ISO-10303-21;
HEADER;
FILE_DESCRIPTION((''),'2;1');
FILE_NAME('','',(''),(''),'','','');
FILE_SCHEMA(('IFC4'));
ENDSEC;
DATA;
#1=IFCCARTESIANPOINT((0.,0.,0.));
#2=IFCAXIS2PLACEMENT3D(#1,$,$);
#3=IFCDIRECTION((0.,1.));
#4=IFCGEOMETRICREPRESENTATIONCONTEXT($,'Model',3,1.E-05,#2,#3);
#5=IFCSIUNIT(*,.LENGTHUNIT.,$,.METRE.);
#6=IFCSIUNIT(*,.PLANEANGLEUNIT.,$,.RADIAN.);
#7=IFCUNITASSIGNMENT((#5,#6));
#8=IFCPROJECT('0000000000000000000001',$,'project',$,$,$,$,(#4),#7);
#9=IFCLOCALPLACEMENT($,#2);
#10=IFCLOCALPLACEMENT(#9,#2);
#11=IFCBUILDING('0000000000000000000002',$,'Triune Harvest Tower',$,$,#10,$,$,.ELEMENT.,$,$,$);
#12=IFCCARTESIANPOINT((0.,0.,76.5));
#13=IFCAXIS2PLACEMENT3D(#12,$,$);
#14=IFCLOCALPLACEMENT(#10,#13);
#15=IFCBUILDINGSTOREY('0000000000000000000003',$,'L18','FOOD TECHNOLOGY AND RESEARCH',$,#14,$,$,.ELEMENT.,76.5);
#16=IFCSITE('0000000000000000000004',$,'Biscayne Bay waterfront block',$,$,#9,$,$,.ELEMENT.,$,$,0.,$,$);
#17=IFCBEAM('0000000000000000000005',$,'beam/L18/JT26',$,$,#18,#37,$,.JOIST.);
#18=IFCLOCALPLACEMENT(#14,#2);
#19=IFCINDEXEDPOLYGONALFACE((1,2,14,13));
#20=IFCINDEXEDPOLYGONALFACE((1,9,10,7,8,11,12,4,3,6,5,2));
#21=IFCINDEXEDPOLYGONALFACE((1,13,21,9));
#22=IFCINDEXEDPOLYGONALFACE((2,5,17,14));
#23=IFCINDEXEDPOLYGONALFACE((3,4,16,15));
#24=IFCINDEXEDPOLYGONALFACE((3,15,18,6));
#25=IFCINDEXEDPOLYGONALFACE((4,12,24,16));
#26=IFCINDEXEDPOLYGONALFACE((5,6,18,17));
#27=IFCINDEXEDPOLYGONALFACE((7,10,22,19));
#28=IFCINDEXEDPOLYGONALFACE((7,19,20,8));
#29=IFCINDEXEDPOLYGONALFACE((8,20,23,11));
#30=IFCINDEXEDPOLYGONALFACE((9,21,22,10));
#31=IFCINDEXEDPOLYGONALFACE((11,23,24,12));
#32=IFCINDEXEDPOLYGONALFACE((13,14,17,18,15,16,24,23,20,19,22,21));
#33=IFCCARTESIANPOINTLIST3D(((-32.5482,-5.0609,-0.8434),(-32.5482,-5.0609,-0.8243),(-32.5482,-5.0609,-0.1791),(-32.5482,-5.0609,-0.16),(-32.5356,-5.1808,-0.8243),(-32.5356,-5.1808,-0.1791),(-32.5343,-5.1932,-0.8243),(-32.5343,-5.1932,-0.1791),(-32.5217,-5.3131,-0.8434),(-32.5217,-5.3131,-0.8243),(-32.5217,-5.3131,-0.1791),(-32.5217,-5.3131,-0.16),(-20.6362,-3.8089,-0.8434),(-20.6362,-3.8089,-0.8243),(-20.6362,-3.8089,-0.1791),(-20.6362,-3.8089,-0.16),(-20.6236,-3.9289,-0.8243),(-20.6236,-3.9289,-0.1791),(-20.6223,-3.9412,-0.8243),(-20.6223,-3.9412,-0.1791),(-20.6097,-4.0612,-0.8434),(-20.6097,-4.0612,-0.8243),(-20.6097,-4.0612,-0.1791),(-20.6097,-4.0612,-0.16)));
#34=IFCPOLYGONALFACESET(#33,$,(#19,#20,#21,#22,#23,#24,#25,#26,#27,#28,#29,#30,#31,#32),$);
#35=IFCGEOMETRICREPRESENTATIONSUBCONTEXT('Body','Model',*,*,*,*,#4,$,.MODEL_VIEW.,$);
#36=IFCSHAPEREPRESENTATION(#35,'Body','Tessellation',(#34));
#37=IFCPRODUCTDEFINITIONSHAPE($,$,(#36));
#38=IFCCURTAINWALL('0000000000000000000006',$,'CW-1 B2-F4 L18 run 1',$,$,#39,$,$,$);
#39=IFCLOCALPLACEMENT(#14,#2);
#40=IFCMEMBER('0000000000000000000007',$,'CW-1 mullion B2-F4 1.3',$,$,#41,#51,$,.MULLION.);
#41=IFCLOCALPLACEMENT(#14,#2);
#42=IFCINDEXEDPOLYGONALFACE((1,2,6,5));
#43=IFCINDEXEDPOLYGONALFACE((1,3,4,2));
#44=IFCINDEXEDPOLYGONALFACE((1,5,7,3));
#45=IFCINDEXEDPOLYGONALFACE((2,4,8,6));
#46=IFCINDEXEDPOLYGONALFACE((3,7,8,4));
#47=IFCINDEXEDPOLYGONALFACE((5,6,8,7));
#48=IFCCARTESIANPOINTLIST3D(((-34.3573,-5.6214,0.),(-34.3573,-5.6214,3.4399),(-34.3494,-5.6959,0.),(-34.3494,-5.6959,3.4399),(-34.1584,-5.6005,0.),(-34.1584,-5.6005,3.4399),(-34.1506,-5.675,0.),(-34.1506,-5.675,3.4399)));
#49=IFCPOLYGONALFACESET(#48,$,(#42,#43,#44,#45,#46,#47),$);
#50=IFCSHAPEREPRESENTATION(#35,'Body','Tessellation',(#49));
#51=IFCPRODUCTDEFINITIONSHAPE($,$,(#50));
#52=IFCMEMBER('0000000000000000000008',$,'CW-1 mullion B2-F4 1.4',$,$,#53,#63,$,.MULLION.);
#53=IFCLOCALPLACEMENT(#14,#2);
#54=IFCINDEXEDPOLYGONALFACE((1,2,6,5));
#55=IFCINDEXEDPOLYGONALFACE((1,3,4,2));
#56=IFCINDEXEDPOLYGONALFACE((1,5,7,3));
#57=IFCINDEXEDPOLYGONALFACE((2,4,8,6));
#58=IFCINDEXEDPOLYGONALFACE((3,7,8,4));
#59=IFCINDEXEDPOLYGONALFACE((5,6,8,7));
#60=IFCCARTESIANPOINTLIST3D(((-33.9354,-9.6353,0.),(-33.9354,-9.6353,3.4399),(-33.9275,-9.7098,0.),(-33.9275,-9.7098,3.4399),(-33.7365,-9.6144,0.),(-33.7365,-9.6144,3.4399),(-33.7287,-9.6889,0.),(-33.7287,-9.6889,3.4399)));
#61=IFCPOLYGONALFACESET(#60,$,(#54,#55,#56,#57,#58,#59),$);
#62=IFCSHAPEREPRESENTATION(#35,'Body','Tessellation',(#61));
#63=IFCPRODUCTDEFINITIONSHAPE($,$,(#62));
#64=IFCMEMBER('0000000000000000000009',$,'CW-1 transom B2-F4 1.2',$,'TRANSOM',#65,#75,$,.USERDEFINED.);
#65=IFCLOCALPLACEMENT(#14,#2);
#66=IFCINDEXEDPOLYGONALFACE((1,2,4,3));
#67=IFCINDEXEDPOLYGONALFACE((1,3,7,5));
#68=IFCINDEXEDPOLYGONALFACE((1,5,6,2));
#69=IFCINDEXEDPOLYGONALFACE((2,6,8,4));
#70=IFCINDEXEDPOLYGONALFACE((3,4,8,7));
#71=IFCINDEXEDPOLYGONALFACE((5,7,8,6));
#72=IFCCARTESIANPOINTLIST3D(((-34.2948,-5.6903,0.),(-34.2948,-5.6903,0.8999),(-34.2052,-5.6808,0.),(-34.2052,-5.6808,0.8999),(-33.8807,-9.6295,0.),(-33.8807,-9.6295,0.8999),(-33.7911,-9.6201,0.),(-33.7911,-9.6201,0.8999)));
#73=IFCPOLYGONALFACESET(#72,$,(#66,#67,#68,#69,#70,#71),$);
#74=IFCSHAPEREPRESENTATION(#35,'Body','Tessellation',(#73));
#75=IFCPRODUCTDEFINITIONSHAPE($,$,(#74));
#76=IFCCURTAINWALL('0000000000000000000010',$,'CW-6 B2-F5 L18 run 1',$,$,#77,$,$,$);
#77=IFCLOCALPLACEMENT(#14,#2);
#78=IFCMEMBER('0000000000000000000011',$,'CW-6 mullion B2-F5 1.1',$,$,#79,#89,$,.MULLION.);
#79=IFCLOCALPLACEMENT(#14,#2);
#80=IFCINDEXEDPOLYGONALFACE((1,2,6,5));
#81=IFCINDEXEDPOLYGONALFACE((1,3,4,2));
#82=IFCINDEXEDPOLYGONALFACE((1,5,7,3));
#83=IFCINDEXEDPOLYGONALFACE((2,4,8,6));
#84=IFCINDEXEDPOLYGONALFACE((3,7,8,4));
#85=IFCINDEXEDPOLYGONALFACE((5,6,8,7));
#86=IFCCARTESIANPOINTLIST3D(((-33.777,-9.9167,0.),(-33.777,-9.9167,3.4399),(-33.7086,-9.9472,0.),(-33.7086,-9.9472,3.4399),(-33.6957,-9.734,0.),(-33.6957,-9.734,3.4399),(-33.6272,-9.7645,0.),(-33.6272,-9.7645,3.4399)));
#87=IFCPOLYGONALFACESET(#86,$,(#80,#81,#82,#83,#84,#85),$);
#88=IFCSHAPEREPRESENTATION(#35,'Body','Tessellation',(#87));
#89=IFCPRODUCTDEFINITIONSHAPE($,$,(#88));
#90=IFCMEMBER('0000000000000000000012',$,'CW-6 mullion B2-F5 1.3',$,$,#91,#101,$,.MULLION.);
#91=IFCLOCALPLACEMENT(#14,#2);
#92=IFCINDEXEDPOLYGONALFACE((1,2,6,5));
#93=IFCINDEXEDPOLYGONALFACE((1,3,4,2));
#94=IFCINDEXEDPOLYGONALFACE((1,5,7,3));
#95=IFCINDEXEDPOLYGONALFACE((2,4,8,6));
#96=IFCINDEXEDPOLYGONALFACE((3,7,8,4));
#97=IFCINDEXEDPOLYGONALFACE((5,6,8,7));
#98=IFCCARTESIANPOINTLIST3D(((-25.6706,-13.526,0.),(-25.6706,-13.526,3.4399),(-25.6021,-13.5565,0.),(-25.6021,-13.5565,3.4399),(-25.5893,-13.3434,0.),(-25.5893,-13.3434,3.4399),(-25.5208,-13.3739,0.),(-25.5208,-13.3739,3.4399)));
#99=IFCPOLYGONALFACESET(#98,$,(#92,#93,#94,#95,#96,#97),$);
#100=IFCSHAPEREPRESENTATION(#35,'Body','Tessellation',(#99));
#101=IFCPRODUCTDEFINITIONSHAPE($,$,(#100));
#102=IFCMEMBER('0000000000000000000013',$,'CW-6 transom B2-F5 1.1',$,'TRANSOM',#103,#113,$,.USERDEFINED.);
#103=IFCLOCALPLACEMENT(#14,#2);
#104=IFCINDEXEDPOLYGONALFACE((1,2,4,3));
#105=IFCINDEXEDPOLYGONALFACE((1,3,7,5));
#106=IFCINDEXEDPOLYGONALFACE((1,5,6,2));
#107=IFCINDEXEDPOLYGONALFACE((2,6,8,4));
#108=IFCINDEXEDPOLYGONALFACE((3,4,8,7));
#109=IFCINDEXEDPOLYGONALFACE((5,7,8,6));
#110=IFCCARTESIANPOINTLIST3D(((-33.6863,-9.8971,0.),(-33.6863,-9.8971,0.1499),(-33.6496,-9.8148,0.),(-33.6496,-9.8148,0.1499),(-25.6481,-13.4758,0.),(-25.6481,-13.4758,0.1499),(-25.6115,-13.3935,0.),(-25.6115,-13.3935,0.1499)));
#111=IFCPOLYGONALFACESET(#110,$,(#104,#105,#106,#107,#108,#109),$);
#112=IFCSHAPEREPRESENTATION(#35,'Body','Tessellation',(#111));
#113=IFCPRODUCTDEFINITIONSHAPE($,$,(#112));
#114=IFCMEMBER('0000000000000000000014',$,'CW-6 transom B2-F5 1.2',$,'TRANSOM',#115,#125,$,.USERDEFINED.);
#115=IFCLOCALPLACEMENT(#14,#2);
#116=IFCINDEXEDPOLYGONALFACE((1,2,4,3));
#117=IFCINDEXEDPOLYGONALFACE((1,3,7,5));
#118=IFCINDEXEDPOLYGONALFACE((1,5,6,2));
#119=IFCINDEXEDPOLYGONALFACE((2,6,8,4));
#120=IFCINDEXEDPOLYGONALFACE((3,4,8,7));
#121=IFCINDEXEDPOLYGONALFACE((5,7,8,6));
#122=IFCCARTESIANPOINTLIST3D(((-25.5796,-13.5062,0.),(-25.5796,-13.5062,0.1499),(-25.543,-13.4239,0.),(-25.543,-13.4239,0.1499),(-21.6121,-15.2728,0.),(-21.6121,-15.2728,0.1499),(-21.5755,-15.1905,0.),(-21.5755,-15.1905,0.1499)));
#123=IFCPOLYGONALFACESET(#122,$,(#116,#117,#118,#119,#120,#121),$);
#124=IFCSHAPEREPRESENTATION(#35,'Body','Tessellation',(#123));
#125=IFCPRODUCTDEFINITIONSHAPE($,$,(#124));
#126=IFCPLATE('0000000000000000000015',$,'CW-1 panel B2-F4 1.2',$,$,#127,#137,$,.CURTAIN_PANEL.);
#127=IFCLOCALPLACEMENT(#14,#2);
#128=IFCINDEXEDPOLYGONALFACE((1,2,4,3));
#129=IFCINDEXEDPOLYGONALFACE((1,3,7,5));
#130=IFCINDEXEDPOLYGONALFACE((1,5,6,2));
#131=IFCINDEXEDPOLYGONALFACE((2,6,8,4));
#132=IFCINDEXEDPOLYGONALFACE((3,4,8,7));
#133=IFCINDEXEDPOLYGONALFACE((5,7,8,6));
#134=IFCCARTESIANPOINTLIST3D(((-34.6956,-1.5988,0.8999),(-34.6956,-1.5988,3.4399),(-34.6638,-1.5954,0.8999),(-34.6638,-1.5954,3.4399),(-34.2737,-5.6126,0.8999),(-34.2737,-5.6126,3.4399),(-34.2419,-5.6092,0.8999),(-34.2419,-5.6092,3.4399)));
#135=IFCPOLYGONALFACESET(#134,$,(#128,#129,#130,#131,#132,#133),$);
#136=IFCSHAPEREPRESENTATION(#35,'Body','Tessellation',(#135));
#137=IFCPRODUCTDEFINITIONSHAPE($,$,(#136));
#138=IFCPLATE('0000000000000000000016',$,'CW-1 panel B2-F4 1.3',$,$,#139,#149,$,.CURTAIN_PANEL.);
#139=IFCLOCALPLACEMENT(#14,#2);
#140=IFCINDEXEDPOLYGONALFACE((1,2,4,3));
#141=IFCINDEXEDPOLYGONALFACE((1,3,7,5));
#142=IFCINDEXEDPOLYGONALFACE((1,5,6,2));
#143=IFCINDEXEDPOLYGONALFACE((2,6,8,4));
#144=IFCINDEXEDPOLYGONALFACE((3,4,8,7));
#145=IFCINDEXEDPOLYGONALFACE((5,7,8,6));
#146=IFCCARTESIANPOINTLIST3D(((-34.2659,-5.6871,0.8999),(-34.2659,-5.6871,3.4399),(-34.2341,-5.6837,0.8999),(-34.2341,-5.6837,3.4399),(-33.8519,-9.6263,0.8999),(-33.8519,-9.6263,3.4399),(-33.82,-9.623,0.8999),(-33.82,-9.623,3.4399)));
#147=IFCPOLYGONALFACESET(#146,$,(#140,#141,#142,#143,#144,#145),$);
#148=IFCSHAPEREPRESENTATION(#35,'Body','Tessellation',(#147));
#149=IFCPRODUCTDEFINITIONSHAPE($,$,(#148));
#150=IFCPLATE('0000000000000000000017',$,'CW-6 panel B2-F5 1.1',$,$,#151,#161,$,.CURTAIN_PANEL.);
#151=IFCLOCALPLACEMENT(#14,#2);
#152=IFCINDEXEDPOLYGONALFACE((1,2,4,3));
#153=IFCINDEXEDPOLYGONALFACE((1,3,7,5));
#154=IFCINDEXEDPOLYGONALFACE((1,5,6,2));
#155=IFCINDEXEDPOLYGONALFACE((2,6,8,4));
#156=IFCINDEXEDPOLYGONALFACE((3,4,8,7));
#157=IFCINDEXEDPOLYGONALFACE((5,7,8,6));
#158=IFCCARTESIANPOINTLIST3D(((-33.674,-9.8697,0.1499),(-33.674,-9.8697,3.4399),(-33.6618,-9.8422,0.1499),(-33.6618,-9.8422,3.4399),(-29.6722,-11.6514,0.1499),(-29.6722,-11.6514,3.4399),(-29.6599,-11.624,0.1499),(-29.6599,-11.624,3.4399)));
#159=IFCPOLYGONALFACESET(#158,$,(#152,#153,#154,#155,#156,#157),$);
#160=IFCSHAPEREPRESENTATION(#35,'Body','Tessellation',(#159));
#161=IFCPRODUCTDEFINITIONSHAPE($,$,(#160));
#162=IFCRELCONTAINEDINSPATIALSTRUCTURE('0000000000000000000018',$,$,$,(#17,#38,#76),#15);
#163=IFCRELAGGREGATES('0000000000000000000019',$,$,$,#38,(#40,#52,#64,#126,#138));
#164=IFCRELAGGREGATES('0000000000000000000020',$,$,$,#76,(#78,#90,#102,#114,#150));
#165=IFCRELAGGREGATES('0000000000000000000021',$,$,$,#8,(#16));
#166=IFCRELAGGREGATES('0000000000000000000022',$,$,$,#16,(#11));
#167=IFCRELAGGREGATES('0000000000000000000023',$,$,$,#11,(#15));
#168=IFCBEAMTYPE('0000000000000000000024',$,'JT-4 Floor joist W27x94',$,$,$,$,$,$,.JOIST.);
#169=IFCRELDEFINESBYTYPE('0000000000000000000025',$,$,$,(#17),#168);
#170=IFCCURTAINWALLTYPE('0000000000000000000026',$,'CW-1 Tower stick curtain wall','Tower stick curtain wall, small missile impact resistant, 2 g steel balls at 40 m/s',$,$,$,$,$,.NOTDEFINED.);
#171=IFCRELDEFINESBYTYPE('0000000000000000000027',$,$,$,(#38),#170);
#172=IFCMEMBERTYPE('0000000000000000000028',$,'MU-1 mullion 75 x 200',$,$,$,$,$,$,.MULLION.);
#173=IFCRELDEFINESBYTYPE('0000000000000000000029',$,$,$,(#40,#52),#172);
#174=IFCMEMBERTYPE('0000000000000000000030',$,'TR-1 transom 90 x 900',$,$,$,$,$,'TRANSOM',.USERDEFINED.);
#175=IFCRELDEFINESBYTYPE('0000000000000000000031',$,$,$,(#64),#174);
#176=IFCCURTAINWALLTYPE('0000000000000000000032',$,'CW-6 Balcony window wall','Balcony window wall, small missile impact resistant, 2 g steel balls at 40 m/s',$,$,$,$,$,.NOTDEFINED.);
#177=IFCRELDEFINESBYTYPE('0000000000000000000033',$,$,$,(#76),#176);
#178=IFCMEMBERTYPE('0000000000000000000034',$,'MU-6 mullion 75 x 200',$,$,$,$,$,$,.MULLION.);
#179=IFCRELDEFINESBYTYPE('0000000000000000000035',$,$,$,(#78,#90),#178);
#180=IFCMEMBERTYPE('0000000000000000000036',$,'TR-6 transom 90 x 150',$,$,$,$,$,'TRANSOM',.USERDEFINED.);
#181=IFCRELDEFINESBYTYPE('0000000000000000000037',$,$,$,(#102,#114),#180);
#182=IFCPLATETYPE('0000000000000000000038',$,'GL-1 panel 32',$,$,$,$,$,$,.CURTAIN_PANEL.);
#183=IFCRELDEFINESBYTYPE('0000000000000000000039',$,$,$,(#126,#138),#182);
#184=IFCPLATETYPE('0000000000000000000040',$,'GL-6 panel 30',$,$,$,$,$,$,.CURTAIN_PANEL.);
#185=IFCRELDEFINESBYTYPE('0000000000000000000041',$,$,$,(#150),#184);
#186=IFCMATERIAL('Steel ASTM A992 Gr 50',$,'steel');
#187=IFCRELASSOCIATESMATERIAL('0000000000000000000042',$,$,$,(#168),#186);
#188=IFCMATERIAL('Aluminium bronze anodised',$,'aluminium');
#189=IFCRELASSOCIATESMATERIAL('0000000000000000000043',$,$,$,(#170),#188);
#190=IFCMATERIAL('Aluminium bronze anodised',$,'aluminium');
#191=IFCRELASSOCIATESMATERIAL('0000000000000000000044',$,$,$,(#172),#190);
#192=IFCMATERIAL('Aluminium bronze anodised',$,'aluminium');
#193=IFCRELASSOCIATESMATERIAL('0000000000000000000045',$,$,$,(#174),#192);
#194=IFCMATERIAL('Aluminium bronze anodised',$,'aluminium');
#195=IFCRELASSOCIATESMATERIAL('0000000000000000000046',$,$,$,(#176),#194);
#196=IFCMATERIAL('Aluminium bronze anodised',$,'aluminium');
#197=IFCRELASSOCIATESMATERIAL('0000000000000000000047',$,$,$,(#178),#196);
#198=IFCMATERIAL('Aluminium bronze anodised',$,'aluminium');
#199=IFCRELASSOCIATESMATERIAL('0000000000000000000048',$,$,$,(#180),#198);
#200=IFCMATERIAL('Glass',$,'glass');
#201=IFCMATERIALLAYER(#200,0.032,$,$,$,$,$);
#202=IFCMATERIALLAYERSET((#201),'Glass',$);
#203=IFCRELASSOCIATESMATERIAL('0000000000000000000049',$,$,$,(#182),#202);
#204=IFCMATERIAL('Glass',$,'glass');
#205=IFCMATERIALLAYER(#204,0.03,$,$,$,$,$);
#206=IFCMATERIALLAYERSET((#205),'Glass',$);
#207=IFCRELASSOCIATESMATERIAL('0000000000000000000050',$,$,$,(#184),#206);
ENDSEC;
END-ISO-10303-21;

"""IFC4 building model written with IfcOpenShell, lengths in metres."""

from ifc_helpers import new_model, si_unit, direction, frame, origin, origin_2d, place, context, subcontext, project, spatial, rectangle, i_section, extrude, source, transform, mapped, material, layer, layer_set, material_profile, profile_set, type_object, element, aggregate, save


model = new_model("IFC4")

# Units and contexts
model_context = context("Model", 3, precision=1e-05, world=origin(), true_north=direction((0.0, 1.0)))
body_context = subcontext(model_context, "Body", "Model", "MODEL_VIEW")
ifc_project = project(units=[si_unit("LENGTHUNIT", "METRE"), si_unit("PLANEANGLEUNIT", "RADIAN")], contexts=[model_context])

# Site, building, storey
site_placement = place(None, origin())
site = spatial("IfcSite", under=ifc_project, at=site_placement, Name="Biscayne Bay waterfront block", CompositionType="ELEMENT", RefElevation=0.0)
building_placement = place(site_placement, origin())
building = spatial("IfcBuilding", under=site, at=building_placement, Name="Triune Harvest Tower", CompositionType="ELEMENT")
storey_placement = place(building_placement, frame((0.0, 0.0, 76.5)))
storey = spatial("IfcBuildingStorey", under=building, at=storey_placement, Name="L18", Description="FOOD TECHNOLOGY AND RESEARCH", CompositionType="ELEMENT", Elevation=76.5)

# Beam
ifc_material_1 = material(Name="Steel ASTM A992 Gr 50", Category="steel")
ifc_material_profile_1 = material_profile(ifc_material_1, i_section(OverallWidth=0.2537, OverallDepth=0.6833, WebThickness=0.0125, FlangeThickness=0.019, at=origin_2d()), Name="W27x94")
ifc_profile_set_1 = profile_set([ifc_material_profile_1], Name="Steel ASTM A992 Gr 50")
beam_type_1 = type_object("IfcBeamType", Name="JT-4 Floor joist W27x94", PredefinedType="JOIST", material=ifc_profile_set_1)
shared_shape_1 = source(origin(), body_context, "Body", "SweptSolid", [
    extrude(i_section(OverallWidth=0.2537, OverallDepth=0.6833, WebThickness=0.0125, FlangeThickness=0.019, at=origin_2d()), origin(), (0.0, 0.0, 1.0), 11.9775),
])
beam_1_placement = place(storey_placement, frame((-32.5349, -5.187, -0.5017), z_axis=(0.994522, 0.104526, 0.0), x_axis=(-0.104526, 0.994522, 0.0)))
element("IfcBeam", 1, at=beam_1_placement, inside=storey, type_object=beam_type_1, Name="beam/L18/JT26", PredefinedType="JOIST", context=body_context, shape_type="MappedRepresentation", body=[
    mapped(shared_shape_1, transform((0.0, 0.0, 0.0), scale=1.0)),
])

# Curtain walls, members
ifc_material_2 = material(Name="Aluminium bronze anodised", Category="aluminium")
curtain_wall_type_1 = type_object("IfcCurtainWallType", Name="CW-1 Tower stick curtain wall", Description="Tower stick curtain wall, small missile impact resistant, 2 g steel balls at 40 m/s", PredefinedType="NOTDEFINED", material=ifc_material_2)
curtain_wall_1_placement = place(storey_placement, origin())
curtain_wall_1 = element("IfcCurtainWall", 2, at=curtain_wall_1_placement, inside=storey, type_object=curtain_wall_type_1, Name="CW-1 B2-F4 L18 run 1")
ifc_material_3 = material(Name="Aluminium bronze anodised", Category="aluminium")
ifc_material_profile_2 = material_profile(ifc_material_3, rectangle(XDim=0.2, YDim=0.075, at=origin_2d()), Name="MU-1 mullion 75 x 200")
ifc_profile_set_2 = profile_set([ifc_material_profile_2], Name="Aluminium bronze anodised")
member_type_1 = type_object("IfcMemberType", Name="MU-1 mullion 75 x 200", PredefinedType="MULLION", material=ifc_profile_set_2)
shared_shape_2 = source(origin(), body_context, "Body", "SweptSolid", [
    extrude(rectangle(XDim=0.2, YDim=0.075, at=origin_2d()), origin(), (0.0, 0.0, 1.0), 3.4399),
])
member_1_placement = place(storey_placement, frame((-34.2539, -5.6482, 0.0), z_axis=(0.0, 0.0, 1.0), x_axis=(0.994522, 0.104529, 0.0)))
member_1 = element("IfcMember", 3, at=member_1_placement, type_object=member_type_1, Name="CW-1 mullion B2-F4 1.3", PredefinedType="MULLION", context=body_context, shape_type="MappedRepresentation", body=[
    mapped(shared_shape_2, transform((0.0, 0.0, 0.0), scale=1.0)),
])
member_2_placement = place(storey_placement, frame((-33.832, -9.6621, 0.0), z_axis=(0.0, 0.0, 1.0), x_axis=(0.994522, 0.104529, 0.0)))
member_2 = element("IfcMember", 4, at=member_2_placement, type_object=member_type_1, Name="CW-1 mullion B2-F4 1.4", PredefinedType="MULLION", context=body_context, shape_type="MappedRepresentation", body=[
    mapped(shared_shape_2, transform((0.0, 0.0, 0.0), scale=1.0)),
])
ifc_material_4 = material(Name="Aluminium bronze anodised", Category="aluminium")
ifc_material_profile_3 = material_profile(ifc_material_4, rectangle(XDim=0.0901, YDim=0.8999, at=origin_2d()), Name="TR-1 transom 90 x 900")
ifc_profile_set_3 = profile_set([ifc_material_profile_3], Name="Aluminium bronze anodised")
member_type_2 = type_object("IfcMemberType", Name="TR-1 transom 90 x 900", ElementType="TRANSOM", PredefinedType="USERDEFINED", material=ifc_profile_set_3)
shared_shape_3 = source(origin(), body_context, "Body", "SweptSolid", [
    extrude(rectangle(XDim=0.0901, YDim=0.8999, at=origin_2d()), origin(), (0.0, 0.0, 1.0), 3.9609),
])
member_3_placement = place(storey_placement, frame((-34.25, -5.6855, 0.45), z_axis=(0.104537, -0.994521, 0.0), x_axis=(0.994521, 0.104537, 0.0)))
member_3 = element("IfcMember", 5, at=member_3_placement, type_object=member_type_2, Name="CW-1 transom B2-F4 1.2", ObjectType="TRANSOM", PredefinedType="USERDEFINED", context=body_context, shape_type="MappedRepresentation", body=[
    mapped(shared_shape_3, transform((0.0, 0.0, 0.0), scale=1.0)),
])
ifc_material_5 = material(Name="Aluminium bronze anodised", Category="aluminium")
curtain_wall_type_2 = type_object("IfcCurtainWallType", Name="CW-6 Balcony window wall", Description="Balcony window wall, small missile impact resistant, 2 g steel balls at 40 m/s", PredefinedType="NOTDEFINED", material=ifc_material_5)
curtain_wall_2_placement = place(storey_placement, origin())
curtain_wall_2 = element("IfcCurtainWall", 6, at=curtain_wall_2_placement, inside=storey, type_object=curtain_wall_type_2, Name="CW-6 B2-F5 L18 run 1")
ifc_material_6 = material(Name="Aluminium bronze anodised", Category="aluminium")
ifc_material_profile_4 = material_profile(ifc_material_6, rectangle(XDim=0.2, YDim=0.075, at=origin_2d()), Name="MU-6 mullion 75 x 200")
ifc_profile_set_4 = profile_set([ifc_material_profile_4], Name="Aluminium bronze anodised")
member_type_3 = type_object("IfcMemberType", Name="MU-6 mullion 75 x 200", PredefinedType="MULLION", material=ifc_profile_set_4)
shared_shape_4 = source(origin(), body_context, "Body", "SweptSolid", [
    extrude(rectangle(XDim=0.2, YDim=0.075, at=origin_2d()), origin(), (0.0, 0.0, 1.0), 3.4399),
])
member_4_placement = place(storey_placement, frame((-33.7021, -9.8406, 0.0), z_axis=(0.0, 0.0, 1.0), x_axis=(0.406737, 0.913545, 0.0)))
member_4 = element("IfcMember", 7, at=member_4_placement, type_object=member_type_3, Name="CW-6 mullion B2-F5 1.1", PredefinedType="MULLION", context=body_context, shape_type="MappedRepresentation", body=[
    mapped(shared_shape_4, transform((0.0, 0.0, 0.0), scale=1.0)),
])
member_5_placement = place(storey_placement, frame((-25.5957, -13.45, 0.0), z_axis=(0.0, 0.0, 1.0), x_axis=(0.406737, 0.913545, 0.0)))
member_5 = element("IfcMember", 8, at=member_5_placement, type_object=member_type_3, Name="CW-6 mullion B2-F5 1.3", PredefinedType="MULLION", context=body_context, shape_type="MappedRepresentation", body=[
    mapped(shared_shape_4, transform((0.0, 0.0, 0.0), scale=1.0)),
])
ifc_material_7 = material(Name="Aluminium bronze anodised", Category="aluminium")
ifc_material_profile_5 = material_profile(ifc_material_7, rectangle(XDim=0.0901, YDim=0.1499, at=origin_2d()), Name="TR-6 transom 90 x 150")
ifc_profile_set_5 = profile_set([ifc_material_profile_5], Name="Aluminium bronze anodised")
member_type_4 = type_object("IfcMemberType", Name="TR-6 transom 90 x 150", ElementType="TRANSOM", PredefinedType="USERDEFINED", material=ifc_profile_set_5)
shared_shape_5 = source(origin(), body_context, "Body", "SweptSolid", [
    extrude(rectangle(XDim=0.0901, YDim=0.1499, at=origin_2d()), origin(), (0.0, 0.0, 1.0), 8.7988),
])
member_6_placement = place(storey_placement, frame((-33.668, -9.856, 0.075), z_axis=(0.913553, -0.40672, 0.0), x_axis=(0.40672, 0.913553, 0.0)))
member_6 = element("IfcMember", 9, at=member_6_placement, type_object=member_type_4, Name="CW-6 transom B2-F5 1.1", ObjectType="TRANSOM", PredefinedType="USERDEFINED", context=body_context, shape_type="MappedRepresentation", body=[
    mapped(shared_shape_5, transform((0.0, 0.0, 0.0), scale=1.0)),
])
shared_shape_6 = source(origin(), body_context, "Body", "SweptSolid", [
    extrude(rectangle(XDim=0.0901, YDim=0.1499, at=origin_2d()), origin(), (0.0, 0.0, 1.0), 4.343),
])
member_7_placement = place(storey_placement, frame((-25.5613, -13.4651, 0.075), z_axis=(0.913533, -0.406764, 0.0), x_axis=(0.406764, 0.913533, 0.0)))
member_7 = element("IfcMember", 10, at=member_7_placement, type_object=member_type_4, Name="CW-6 transom B2-F5 1.2", ObjectType="TRANSOM", PredefinedType="USERDEFINED", context=body_context, shape_type="MappedRepresentation", body=[
    mapped(shared_shape_6, transform((0.0, 0.0, 0.0), scale=1.0)),
])

# Plates
ifc_material_8 = material(Name="Glass", Category="glass")
ifc_layer_1 = layer(ifc_material_8, 0.032)
ifc_layer_set_1 = layer_set([ifc_layer_1], Name="Glass")
plate_type_1 = type_object("IfcPlateType", Name="GL-1 panel 32", PredefinedType="CURTAIN_PANEL", material=ifc_layer_set_1)
shared_shape_7 = source(origin(), body_context, "Body", "SweptSolid", [
    extrude(rectangle(XDim=4.0359, YDim=0.032, at=origin_2d()), origin(), (0.0, 0.0, 1.0), 2.54),
])
plate_1_placement = place(storey_placement, frame((-34.4688, -3.604, 0.8999), z_axis=(0.0, 0.0, 1.0), x_axis=(0.104529, -0.994522, 0.0)))
plate_1 = element("IfcPlate", 11, at=plate_1_placement, type_object=plate_type_1, Name="CW-1 panel B2-F4 1.2", PredefinedType="CURTAIN_PANEL", context=body_context, shape_type="MappedRepresentation", body=[
    mapped(shared_shape_7, transform((0.0, 0.0, 0.0), scale=1.0)),
])
shared_shape_8 = source(origin(), body_context, "Body", "SweptSolid", [
    extrude(rectangle(XDim=3.9609, YDim=0.032, at=origin_2d()), origin(), (0.0, 0.0, 1.0), 2.54),
])
plate_2_placement = place(storey_placement, frame((-34.043, -7.655, 0.8999), z_axis=(0.0, 0.0, 1.0), x_axis=(0.104529, -0.994522, 0.0)))
plate_2 = element("IfcPlate", 12, at=plate_2_placement, type_object=plate_type_1, Name="CW-1 panel B2-F4 1.3", PredefinedType="CURTAIN_PANEL", context=body_context, shape_type="MappedRepresentation", body=[
    mapped(shared_shape_8, transform((0.0, 0.0, 0.0), scale=1.0)),
])
aggregate(curtain_wall_1, [member_1, member_2, member_3, plate_1, plate_2])
ifc_material_9 = material(Name="Glass", Category="glass")
ifc_layer_2 = layer(ifc_material_9, 0.03)
ifc_layer_set_2 = layer_set([ifc_layer_2], Name="Glass")
plate_type_2 = type_object("IfcPlateType", Name="GL-6 panel 30", PredefinedType="CURTAIN_PANEL", material=ifc_layer_set_2)
shared_shape_9 = source(origin(), body_context, "Body", "SweptSolid", [
    extrude(rectangle(XDim=4.3806, YDim=0.03, at=origin_2d()), origin(), (0.0, 0.0, 1.0), 3.29),
])
plate_3_placement = place(storey_placement, frame((-31.667, -10.7468, 0.1499), z_axis=(0.0, 0.0, 1.0), x_axis=(0.913545, -0.406737, 0.0)))
plate_3 = element("IfcPlate", 13, at=plate_3_placement, type_object=plate_type_2, Name="CW-6 panel B2-F5 1.1", PredefinedType="CURTAIN_PANEL", context=body_context, shape_type="MappedRepresentation", body=[
    mapped(shared_shape_9, transform((0.0, 0.0, 0.0), scale=1.0)),
])
aggregate(curtain_wall_2, [member_4, member_5, member_6, member_7, plate_3])

save(model, "model.ifc")
